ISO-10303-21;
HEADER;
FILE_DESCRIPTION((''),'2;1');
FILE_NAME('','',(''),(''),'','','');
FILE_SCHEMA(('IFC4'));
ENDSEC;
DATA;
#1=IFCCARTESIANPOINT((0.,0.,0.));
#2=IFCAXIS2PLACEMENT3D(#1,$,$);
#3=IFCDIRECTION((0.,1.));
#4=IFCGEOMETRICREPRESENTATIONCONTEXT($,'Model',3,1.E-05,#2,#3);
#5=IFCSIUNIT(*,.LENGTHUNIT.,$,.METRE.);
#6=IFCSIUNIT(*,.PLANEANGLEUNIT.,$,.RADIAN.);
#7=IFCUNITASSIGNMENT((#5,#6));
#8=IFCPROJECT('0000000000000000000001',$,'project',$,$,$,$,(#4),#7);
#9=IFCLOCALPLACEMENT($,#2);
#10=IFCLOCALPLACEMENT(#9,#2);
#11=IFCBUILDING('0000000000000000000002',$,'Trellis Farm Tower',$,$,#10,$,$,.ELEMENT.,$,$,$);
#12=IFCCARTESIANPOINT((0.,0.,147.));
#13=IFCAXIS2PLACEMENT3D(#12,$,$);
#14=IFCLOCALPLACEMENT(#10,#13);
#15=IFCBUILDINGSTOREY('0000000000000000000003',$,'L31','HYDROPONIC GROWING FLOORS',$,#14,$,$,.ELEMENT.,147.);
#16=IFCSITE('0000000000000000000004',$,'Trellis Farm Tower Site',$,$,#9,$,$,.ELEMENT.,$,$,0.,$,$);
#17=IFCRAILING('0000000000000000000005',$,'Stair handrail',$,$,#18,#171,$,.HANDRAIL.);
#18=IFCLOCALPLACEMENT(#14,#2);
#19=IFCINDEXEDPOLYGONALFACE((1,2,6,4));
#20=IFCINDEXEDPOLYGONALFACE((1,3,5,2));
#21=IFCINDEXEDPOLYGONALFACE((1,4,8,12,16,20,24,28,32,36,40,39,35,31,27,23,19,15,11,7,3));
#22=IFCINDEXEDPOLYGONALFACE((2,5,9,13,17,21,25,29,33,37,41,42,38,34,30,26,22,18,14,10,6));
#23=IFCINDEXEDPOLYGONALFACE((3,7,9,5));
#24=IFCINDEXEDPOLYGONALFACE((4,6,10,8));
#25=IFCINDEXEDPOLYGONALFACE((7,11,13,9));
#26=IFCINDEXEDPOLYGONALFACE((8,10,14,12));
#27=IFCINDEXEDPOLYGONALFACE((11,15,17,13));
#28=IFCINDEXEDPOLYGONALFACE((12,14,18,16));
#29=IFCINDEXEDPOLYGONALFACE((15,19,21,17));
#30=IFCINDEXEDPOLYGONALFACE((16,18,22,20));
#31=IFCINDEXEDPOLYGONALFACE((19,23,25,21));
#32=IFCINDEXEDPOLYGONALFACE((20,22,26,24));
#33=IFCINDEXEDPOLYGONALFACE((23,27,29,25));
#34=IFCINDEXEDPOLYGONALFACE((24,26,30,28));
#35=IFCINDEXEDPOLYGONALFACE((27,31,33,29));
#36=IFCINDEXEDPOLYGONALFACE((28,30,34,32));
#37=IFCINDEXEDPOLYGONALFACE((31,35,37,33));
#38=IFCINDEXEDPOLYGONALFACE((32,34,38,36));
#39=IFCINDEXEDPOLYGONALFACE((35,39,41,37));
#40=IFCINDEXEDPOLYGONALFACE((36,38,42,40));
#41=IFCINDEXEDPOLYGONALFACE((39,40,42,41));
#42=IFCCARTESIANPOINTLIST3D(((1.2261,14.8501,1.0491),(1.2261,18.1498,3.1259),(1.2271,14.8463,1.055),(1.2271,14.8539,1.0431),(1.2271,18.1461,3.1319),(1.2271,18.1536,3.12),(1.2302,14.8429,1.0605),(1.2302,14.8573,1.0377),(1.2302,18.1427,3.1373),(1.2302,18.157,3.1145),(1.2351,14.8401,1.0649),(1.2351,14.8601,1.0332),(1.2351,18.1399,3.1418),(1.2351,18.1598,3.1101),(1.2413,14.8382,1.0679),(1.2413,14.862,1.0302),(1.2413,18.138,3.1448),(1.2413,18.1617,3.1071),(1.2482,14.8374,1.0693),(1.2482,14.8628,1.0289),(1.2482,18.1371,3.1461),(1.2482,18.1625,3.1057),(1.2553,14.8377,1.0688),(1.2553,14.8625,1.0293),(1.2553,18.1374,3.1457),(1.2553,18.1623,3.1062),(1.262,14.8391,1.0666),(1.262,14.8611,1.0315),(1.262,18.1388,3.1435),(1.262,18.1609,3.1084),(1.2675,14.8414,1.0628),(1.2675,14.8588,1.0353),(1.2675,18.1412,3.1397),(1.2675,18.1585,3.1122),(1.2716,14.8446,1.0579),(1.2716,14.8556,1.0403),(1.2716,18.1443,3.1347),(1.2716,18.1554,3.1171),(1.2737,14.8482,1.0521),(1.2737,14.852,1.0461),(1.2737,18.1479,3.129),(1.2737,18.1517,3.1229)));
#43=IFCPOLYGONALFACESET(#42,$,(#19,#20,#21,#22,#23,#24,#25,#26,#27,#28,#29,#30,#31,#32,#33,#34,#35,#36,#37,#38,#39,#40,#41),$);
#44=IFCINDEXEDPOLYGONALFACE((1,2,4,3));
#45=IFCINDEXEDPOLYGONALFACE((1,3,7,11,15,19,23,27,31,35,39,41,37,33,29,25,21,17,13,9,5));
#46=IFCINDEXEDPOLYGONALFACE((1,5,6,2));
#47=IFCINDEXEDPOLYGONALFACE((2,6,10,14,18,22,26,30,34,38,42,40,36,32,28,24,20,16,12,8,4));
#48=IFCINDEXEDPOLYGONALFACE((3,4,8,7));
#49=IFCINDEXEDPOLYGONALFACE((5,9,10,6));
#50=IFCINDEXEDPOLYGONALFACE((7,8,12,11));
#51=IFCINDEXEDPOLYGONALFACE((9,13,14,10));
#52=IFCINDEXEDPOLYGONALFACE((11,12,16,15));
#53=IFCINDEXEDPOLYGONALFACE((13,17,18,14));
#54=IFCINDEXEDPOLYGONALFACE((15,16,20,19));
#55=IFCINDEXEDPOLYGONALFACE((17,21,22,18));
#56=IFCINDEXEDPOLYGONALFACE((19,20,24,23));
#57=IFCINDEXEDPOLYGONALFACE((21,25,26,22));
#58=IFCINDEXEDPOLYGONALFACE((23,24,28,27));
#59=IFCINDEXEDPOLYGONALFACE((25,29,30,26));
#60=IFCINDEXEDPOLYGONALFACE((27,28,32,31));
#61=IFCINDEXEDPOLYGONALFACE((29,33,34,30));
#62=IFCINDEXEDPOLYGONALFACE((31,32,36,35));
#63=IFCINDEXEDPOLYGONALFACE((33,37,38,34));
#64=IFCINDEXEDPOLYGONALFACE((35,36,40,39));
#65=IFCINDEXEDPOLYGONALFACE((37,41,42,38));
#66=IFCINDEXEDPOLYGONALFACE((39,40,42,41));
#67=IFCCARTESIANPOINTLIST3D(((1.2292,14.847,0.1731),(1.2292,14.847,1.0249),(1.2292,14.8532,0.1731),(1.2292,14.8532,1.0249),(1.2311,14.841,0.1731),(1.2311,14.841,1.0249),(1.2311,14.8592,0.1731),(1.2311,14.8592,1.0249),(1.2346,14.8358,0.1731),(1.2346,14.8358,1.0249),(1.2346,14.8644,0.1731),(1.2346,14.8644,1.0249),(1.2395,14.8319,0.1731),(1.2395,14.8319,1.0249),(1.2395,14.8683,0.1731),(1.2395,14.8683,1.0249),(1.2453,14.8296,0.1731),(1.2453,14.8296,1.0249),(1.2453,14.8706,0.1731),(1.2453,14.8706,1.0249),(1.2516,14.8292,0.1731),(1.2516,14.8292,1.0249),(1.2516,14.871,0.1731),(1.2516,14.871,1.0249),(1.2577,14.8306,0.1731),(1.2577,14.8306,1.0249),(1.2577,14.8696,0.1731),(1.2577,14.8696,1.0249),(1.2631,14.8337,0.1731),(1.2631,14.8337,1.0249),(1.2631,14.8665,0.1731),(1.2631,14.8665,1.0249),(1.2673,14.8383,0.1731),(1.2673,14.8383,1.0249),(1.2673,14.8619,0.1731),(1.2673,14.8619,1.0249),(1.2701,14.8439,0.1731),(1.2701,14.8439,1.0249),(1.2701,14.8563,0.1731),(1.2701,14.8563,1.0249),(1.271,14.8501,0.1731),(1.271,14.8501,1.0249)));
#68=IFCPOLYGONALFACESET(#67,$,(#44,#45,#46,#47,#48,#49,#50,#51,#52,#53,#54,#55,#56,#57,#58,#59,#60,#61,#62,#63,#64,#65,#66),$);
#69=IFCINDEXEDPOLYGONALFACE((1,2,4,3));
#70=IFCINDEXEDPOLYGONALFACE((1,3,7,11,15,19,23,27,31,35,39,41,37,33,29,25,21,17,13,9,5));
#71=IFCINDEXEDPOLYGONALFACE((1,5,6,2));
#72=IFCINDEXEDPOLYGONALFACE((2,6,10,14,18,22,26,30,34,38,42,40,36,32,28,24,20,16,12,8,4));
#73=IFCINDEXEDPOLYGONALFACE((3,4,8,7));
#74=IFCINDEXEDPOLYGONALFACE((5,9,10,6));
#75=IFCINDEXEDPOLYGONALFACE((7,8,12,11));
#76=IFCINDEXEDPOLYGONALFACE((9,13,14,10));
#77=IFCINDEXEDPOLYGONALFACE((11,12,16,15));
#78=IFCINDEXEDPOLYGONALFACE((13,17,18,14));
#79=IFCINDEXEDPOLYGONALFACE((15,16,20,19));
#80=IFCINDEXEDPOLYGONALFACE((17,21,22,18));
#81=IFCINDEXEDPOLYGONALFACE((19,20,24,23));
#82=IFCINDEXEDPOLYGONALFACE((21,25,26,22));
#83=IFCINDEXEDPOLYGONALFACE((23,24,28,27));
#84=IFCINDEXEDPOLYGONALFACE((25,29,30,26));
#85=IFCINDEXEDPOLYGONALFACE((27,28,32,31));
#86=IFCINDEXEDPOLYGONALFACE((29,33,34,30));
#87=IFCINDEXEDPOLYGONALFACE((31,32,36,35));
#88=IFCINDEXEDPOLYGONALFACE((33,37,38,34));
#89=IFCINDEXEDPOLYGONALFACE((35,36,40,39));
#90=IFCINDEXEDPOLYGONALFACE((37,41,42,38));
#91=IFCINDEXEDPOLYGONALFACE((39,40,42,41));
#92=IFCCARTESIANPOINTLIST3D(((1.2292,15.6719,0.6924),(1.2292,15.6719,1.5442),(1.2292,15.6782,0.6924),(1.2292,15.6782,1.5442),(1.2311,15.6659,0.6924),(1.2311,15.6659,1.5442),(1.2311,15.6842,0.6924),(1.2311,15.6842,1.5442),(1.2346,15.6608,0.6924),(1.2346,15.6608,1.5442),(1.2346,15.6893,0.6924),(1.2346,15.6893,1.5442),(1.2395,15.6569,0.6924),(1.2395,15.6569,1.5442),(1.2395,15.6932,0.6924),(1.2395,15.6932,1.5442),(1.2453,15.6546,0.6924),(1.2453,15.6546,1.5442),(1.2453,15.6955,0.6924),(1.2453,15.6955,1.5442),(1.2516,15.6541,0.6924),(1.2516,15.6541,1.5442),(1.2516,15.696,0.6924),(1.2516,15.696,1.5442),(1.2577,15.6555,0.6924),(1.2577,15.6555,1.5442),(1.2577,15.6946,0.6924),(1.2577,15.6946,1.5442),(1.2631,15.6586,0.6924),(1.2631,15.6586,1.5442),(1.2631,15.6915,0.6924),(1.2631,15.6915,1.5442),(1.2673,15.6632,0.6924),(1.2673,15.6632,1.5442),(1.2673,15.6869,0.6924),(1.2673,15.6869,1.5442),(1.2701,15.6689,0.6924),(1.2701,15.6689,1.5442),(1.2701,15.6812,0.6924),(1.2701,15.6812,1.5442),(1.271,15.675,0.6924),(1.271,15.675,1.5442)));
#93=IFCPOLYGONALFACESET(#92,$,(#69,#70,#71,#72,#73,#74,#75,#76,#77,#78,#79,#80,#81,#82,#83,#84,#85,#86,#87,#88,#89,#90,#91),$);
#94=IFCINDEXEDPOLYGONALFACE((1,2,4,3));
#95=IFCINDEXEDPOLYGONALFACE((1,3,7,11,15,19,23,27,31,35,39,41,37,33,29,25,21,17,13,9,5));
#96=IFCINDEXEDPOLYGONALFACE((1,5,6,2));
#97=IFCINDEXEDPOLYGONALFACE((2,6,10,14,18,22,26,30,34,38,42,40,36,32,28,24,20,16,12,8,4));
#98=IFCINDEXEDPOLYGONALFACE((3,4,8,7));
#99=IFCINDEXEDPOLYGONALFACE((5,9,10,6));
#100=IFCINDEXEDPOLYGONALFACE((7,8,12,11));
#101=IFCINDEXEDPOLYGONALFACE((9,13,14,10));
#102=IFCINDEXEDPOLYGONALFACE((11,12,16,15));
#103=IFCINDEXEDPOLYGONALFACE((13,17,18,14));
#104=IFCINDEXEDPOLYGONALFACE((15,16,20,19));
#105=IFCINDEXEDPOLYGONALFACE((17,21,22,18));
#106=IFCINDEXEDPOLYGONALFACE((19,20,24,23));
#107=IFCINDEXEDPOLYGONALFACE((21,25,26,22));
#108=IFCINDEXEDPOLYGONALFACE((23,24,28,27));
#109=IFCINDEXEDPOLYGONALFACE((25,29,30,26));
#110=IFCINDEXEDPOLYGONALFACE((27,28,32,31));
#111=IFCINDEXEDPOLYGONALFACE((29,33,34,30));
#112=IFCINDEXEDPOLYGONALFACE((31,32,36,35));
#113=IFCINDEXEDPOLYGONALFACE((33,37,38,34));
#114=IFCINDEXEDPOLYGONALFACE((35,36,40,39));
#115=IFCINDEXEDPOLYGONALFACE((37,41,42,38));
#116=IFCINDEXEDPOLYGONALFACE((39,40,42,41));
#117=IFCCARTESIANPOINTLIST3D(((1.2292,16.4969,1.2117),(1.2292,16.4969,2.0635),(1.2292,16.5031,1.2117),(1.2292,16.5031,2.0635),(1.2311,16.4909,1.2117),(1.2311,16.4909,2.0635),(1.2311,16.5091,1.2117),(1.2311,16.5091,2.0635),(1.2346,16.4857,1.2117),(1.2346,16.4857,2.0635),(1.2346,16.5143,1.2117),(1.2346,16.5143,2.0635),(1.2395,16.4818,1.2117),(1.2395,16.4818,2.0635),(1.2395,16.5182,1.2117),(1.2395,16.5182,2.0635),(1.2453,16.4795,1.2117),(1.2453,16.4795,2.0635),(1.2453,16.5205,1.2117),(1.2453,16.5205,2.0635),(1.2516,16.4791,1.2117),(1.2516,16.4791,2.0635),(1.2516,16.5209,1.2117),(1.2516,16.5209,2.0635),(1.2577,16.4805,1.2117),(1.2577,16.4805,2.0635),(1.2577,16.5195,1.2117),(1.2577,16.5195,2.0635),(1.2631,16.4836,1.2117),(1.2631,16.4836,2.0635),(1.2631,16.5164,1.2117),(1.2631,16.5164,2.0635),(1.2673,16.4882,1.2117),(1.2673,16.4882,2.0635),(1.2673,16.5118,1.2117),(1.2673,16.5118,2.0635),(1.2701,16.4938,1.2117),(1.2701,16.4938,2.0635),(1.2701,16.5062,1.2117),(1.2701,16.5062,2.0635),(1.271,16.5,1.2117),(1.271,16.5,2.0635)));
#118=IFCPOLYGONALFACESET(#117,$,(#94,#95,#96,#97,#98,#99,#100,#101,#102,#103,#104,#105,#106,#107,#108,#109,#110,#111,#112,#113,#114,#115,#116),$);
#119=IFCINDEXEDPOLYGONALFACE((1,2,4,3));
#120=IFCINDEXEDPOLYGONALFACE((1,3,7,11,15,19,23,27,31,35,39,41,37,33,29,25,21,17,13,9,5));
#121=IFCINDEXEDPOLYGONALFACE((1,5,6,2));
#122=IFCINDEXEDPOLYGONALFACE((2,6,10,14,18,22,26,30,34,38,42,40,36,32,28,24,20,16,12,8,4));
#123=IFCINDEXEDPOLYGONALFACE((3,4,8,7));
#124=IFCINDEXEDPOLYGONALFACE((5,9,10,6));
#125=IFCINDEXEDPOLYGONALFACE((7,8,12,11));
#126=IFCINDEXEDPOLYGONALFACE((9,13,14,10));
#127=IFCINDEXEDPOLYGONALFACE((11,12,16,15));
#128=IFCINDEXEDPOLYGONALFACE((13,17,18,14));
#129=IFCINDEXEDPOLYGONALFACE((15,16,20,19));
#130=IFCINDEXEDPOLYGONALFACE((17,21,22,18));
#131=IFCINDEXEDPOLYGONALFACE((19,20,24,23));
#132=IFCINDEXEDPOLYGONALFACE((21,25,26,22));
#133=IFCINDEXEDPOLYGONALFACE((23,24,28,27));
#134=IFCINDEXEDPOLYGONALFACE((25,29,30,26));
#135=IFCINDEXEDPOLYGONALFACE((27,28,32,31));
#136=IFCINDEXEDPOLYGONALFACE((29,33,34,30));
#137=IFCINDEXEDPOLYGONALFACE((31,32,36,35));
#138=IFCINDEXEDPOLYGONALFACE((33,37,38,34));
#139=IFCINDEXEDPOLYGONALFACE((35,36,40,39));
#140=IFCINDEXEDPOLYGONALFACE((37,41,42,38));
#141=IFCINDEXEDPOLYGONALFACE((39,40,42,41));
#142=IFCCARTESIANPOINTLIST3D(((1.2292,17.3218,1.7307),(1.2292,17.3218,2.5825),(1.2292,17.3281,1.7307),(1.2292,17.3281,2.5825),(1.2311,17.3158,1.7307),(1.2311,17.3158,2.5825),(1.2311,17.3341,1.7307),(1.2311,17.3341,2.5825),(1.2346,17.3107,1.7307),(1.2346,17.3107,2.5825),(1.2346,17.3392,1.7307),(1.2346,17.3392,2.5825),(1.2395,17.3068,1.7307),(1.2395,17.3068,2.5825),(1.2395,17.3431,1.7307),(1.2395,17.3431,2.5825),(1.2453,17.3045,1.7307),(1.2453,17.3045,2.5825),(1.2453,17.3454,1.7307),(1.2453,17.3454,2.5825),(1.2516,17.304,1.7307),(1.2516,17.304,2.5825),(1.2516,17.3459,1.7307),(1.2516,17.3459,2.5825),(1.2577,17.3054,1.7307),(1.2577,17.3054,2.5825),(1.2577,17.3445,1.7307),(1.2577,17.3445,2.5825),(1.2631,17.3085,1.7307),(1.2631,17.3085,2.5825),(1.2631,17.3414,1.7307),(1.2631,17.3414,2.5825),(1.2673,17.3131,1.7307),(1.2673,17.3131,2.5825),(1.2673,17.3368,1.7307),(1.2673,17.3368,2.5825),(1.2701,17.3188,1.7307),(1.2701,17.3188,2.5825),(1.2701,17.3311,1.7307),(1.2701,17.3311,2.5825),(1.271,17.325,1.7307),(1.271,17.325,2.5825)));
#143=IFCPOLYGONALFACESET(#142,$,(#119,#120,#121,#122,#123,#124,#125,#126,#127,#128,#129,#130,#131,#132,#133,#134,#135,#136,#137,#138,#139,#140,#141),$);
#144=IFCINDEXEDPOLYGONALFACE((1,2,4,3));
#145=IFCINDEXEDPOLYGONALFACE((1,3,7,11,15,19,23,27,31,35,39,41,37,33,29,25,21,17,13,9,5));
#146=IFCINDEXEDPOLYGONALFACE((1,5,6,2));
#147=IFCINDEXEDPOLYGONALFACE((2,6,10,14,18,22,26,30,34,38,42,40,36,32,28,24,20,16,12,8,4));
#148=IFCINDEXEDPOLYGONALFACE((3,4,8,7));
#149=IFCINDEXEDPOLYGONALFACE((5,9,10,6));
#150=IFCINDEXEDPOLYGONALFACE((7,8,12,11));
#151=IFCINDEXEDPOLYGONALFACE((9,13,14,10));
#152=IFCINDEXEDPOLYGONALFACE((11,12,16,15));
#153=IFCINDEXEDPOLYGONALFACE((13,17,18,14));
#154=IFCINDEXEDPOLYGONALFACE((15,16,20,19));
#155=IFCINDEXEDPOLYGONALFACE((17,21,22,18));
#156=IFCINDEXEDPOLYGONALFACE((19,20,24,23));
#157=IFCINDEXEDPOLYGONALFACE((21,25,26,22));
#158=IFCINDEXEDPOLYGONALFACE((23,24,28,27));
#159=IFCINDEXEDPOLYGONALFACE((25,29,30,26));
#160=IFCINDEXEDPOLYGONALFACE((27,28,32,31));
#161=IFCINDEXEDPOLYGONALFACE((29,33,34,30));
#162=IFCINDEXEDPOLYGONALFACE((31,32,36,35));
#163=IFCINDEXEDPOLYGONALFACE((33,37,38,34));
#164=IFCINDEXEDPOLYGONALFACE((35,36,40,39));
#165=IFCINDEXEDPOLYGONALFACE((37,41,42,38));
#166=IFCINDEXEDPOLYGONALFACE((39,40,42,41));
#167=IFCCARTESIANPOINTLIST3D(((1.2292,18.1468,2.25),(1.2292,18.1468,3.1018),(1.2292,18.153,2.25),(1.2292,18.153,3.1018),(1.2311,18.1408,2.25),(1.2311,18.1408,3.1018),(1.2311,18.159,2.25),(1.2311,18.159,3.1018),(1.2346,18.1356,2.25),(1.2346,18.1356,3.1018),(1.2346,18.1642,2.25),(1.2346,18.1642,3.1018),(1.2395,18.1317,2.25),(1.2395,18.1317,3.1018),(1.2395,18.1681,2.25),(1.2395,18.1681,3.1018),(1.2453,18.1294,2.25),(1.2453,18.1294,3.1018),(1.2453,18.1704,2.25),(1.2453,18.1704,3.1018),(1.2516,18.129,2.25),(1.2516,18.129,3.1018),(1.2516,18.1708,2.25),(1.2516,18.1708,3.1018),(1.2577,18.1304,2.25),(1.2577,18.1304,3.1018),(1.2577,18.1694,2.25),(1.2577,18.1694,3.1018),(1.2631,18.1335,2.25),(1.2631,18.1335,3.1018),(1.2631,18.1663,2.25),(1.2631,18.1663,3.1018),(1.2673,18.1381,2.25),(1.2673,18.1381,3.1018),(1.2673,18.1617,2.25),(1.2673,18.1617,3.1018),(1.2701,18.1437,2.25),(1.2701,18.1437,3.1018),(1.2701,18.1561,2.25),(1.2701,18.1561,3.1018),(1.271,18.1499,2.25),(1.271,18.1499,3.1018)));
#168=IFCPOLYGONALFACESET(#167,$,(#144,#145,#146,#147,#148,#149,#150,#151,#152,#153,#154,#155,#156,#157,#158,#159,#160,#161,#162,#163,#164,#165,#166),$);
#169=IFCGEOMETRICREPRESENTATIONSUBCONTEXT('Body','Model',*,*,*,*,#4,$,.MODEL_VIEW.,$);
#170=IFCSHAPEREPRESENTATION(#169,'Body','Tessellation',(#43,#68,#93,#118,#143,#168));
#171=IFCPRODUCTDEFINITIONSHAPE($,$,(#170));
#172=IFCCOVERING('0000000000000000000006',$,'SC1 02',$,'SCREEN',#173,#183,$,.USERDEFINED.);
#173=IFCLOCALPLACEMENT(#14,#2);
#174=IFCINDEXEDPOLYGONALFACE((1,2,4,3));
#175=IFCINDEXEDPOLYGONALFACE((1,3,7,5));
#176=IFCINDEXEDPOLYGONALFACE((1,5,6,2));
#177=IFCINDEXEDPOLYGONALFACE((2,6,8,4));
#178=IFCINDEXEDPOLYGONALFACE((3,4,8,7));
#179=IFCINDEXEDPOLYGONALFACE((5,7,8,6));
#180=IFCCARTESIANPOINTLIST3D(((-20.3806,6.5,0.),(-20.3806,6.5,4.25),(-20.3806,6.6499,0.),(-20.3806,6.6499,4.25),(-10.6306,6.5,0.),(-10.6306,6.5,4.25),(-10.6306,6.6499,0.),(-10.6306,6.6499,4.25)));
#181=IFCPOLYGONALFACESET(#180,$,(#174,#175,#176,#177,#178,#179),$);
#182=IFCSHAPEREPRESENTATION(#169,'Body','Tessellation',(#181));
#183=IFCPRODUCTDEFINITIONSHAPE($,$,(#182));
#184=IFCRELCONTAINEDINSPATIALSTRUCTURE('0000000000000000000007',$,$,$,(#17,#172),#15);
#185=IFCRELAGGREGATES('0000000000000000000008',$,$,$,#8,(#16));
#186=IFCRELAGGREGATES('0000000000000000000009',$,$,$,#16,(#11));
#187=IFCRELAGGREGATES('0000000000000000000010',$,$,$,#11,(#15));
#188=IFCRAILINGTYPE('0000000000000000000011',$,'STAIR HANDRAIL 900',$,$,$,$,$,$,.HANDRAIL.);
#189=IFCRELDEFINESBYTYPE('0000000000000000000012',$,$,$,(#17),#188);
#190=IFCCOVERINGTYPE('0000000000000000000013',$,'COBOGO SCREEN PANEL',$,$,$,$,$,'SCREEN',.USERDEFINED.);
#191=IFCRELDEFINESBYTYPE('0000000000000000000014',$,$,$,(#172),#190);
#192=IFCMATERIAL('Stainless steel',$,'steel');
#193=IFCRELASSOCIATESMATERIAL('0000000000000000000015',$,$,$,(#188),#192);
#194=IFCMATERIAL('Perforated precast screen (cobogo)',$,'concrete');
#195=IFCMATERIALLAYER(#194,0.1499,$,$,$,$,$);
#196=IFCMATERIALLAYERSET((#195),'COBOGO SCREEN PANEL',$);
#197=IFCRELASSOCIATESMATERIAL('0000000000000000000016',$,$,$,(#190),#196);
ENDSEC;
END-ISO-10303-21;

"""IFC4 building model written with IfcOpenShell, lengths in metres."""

from ifc_helpers import new_model, si_unit, direction, frame, origin, origin_2d, place, context, subcontext, project, spatial, polyline, circle, outline, extrude, source, transform, mapped, material, layer, layer_set, type_object, element, save


model = new_model("IFC4")

# Units and contexts
model_context = context("Model", 3, precision=1e-05, world=origin(), true_north=direction((0.0, 1.0)))
body_context = subcontext(model_context, "Body", "Model", "MODEL_VIEW")
ifc_project = project(units=[si_unit("LENGTHUNIT", "METRE"), si_unit("PLANEANGLEUNIT", "RADIAN")], contexts=[model_context])

# Site, building, storey
site_placement = place(None, origin())
site = spatial("IfcSite", under=ifc_project, at=site_placement, Name="Trellis Farm Tower Site", CompositionType="ELEMENT", RefElevation=0.0)
building_placement = place(site_placement, origin())
building = spatial("IfcBuilding", under=site, at=building_placement, Name="Trellis Farm Tower", CompositionType="ELEMENT")
storey_placement = place(building_placement, frame((0.0, 0.0, 147.0)))
storey = spatial("IfcBuildingStorey", under=building, at=storey_placement, Name="L31", Description="HYDROPONIC GROWING FLOORS", CompositionType="ELEMENT", Elevation=147.0)

# Shared definitions
placement = place(storey_placement, origin())

# Railing
ifc_material_1 = material(Name="Stainless steel", Category="steel")
railing_type = type_object("IfcRailingType", Name="STAIR HANDRAIL 900", PredefinedType="HANDRAIL", material=ifc_material_1)
shared_shape_1 = source(origin(), body_context, "Body", "SweptSolid", [
    extrude(circle(Radius=0.0239, at=origin_2d()), frame((0.0, 0.0, 0.876), z_axis=(0.0, 0.84632, 0.532675), x_axis=(-1.0, 0.0, 0.0)), (0.0, 0.0, 1.0), 3.8989),
    extrude(circle(Radius=0.021, at=origin_2d()), origin(), (0.0, 0.0, 1.0), 0.8518),
    extrude(circle(Radius=0.021, at=origin_2d()), frame((0.0, 0.825, 0.5193)), (0.0, 0.0, 1.0), 0.8518),
    extrude(circle(Radius=0.021, at=origin_2d()), frame((0.0, 1.6499, 1.0386)), (0.0, 0.0, 1.0), 0.8518),
    extrude(circle(Radius=0.021, at=origin_2d()), frame((0.0, 2.4749, 1.5576)), (0.0, 0.0, 1.0), 0.8518),
    extrude(circle(Radius=0.021, at=origin_2d()), frame((0.0, 3.2998, 2.0769)), (0.0, 0.0, 1.0), 0.8518),
])
railing_placement = place(storey_placement, frame((1.25, 14.8501, 0.1731)))
element("IfcRailing", 1, at=railing_placement, inside=storey, type_object=railing_type, Name="Stair handrail", PredefinedType="HANDRAIL", context=body_context, shape_type="MappedRepresentation", body=[
    mapped(shared_shape_1, transform((0.0, 0.0, 0.0))),
])

# Covering
ifc_material_2 = material(Name="Perforated precast screen (cobogo)", Category="concrete")
ifc_layer_1 = layer(ifc_material_2, 0.1499)
ifc_layer_set_1 = layer_set([ifc_layer_1], Name="COBOGO SCREEN PANEL")
covering_type = type_object("IfcCoveringType", Name="COBOGO SCREEN PANEL", ElementType="SCREEN", PredefinedType="USERDEFINED", material=ifc_layer_set_1)
shared_shape_2 = source(origin(), body_context, "Body", "SweptSolid", [
    extrude(outline(polyline([(-10.6306, 6.6499), (-20.3806, 6.6499), (-20.3806, 6.5), (-10.6306, 6.5), (-10.6306, 6.6499)])), origin(), (0.0, 0.0, 1.0), 4.25),
])
element("IfcCovering", 2, at=placement, inside=storey, type_object=covering_type, Name="SC1 02", ObjectType="SCREEN", PredefinedType="USERDEFINED", context=body_context, shape_type="MappedRepresentation", body=[
    mapped(shared_shape_2, transform((0.0, 0.0, 0.0))),
])

save(model, "model.ifc")
